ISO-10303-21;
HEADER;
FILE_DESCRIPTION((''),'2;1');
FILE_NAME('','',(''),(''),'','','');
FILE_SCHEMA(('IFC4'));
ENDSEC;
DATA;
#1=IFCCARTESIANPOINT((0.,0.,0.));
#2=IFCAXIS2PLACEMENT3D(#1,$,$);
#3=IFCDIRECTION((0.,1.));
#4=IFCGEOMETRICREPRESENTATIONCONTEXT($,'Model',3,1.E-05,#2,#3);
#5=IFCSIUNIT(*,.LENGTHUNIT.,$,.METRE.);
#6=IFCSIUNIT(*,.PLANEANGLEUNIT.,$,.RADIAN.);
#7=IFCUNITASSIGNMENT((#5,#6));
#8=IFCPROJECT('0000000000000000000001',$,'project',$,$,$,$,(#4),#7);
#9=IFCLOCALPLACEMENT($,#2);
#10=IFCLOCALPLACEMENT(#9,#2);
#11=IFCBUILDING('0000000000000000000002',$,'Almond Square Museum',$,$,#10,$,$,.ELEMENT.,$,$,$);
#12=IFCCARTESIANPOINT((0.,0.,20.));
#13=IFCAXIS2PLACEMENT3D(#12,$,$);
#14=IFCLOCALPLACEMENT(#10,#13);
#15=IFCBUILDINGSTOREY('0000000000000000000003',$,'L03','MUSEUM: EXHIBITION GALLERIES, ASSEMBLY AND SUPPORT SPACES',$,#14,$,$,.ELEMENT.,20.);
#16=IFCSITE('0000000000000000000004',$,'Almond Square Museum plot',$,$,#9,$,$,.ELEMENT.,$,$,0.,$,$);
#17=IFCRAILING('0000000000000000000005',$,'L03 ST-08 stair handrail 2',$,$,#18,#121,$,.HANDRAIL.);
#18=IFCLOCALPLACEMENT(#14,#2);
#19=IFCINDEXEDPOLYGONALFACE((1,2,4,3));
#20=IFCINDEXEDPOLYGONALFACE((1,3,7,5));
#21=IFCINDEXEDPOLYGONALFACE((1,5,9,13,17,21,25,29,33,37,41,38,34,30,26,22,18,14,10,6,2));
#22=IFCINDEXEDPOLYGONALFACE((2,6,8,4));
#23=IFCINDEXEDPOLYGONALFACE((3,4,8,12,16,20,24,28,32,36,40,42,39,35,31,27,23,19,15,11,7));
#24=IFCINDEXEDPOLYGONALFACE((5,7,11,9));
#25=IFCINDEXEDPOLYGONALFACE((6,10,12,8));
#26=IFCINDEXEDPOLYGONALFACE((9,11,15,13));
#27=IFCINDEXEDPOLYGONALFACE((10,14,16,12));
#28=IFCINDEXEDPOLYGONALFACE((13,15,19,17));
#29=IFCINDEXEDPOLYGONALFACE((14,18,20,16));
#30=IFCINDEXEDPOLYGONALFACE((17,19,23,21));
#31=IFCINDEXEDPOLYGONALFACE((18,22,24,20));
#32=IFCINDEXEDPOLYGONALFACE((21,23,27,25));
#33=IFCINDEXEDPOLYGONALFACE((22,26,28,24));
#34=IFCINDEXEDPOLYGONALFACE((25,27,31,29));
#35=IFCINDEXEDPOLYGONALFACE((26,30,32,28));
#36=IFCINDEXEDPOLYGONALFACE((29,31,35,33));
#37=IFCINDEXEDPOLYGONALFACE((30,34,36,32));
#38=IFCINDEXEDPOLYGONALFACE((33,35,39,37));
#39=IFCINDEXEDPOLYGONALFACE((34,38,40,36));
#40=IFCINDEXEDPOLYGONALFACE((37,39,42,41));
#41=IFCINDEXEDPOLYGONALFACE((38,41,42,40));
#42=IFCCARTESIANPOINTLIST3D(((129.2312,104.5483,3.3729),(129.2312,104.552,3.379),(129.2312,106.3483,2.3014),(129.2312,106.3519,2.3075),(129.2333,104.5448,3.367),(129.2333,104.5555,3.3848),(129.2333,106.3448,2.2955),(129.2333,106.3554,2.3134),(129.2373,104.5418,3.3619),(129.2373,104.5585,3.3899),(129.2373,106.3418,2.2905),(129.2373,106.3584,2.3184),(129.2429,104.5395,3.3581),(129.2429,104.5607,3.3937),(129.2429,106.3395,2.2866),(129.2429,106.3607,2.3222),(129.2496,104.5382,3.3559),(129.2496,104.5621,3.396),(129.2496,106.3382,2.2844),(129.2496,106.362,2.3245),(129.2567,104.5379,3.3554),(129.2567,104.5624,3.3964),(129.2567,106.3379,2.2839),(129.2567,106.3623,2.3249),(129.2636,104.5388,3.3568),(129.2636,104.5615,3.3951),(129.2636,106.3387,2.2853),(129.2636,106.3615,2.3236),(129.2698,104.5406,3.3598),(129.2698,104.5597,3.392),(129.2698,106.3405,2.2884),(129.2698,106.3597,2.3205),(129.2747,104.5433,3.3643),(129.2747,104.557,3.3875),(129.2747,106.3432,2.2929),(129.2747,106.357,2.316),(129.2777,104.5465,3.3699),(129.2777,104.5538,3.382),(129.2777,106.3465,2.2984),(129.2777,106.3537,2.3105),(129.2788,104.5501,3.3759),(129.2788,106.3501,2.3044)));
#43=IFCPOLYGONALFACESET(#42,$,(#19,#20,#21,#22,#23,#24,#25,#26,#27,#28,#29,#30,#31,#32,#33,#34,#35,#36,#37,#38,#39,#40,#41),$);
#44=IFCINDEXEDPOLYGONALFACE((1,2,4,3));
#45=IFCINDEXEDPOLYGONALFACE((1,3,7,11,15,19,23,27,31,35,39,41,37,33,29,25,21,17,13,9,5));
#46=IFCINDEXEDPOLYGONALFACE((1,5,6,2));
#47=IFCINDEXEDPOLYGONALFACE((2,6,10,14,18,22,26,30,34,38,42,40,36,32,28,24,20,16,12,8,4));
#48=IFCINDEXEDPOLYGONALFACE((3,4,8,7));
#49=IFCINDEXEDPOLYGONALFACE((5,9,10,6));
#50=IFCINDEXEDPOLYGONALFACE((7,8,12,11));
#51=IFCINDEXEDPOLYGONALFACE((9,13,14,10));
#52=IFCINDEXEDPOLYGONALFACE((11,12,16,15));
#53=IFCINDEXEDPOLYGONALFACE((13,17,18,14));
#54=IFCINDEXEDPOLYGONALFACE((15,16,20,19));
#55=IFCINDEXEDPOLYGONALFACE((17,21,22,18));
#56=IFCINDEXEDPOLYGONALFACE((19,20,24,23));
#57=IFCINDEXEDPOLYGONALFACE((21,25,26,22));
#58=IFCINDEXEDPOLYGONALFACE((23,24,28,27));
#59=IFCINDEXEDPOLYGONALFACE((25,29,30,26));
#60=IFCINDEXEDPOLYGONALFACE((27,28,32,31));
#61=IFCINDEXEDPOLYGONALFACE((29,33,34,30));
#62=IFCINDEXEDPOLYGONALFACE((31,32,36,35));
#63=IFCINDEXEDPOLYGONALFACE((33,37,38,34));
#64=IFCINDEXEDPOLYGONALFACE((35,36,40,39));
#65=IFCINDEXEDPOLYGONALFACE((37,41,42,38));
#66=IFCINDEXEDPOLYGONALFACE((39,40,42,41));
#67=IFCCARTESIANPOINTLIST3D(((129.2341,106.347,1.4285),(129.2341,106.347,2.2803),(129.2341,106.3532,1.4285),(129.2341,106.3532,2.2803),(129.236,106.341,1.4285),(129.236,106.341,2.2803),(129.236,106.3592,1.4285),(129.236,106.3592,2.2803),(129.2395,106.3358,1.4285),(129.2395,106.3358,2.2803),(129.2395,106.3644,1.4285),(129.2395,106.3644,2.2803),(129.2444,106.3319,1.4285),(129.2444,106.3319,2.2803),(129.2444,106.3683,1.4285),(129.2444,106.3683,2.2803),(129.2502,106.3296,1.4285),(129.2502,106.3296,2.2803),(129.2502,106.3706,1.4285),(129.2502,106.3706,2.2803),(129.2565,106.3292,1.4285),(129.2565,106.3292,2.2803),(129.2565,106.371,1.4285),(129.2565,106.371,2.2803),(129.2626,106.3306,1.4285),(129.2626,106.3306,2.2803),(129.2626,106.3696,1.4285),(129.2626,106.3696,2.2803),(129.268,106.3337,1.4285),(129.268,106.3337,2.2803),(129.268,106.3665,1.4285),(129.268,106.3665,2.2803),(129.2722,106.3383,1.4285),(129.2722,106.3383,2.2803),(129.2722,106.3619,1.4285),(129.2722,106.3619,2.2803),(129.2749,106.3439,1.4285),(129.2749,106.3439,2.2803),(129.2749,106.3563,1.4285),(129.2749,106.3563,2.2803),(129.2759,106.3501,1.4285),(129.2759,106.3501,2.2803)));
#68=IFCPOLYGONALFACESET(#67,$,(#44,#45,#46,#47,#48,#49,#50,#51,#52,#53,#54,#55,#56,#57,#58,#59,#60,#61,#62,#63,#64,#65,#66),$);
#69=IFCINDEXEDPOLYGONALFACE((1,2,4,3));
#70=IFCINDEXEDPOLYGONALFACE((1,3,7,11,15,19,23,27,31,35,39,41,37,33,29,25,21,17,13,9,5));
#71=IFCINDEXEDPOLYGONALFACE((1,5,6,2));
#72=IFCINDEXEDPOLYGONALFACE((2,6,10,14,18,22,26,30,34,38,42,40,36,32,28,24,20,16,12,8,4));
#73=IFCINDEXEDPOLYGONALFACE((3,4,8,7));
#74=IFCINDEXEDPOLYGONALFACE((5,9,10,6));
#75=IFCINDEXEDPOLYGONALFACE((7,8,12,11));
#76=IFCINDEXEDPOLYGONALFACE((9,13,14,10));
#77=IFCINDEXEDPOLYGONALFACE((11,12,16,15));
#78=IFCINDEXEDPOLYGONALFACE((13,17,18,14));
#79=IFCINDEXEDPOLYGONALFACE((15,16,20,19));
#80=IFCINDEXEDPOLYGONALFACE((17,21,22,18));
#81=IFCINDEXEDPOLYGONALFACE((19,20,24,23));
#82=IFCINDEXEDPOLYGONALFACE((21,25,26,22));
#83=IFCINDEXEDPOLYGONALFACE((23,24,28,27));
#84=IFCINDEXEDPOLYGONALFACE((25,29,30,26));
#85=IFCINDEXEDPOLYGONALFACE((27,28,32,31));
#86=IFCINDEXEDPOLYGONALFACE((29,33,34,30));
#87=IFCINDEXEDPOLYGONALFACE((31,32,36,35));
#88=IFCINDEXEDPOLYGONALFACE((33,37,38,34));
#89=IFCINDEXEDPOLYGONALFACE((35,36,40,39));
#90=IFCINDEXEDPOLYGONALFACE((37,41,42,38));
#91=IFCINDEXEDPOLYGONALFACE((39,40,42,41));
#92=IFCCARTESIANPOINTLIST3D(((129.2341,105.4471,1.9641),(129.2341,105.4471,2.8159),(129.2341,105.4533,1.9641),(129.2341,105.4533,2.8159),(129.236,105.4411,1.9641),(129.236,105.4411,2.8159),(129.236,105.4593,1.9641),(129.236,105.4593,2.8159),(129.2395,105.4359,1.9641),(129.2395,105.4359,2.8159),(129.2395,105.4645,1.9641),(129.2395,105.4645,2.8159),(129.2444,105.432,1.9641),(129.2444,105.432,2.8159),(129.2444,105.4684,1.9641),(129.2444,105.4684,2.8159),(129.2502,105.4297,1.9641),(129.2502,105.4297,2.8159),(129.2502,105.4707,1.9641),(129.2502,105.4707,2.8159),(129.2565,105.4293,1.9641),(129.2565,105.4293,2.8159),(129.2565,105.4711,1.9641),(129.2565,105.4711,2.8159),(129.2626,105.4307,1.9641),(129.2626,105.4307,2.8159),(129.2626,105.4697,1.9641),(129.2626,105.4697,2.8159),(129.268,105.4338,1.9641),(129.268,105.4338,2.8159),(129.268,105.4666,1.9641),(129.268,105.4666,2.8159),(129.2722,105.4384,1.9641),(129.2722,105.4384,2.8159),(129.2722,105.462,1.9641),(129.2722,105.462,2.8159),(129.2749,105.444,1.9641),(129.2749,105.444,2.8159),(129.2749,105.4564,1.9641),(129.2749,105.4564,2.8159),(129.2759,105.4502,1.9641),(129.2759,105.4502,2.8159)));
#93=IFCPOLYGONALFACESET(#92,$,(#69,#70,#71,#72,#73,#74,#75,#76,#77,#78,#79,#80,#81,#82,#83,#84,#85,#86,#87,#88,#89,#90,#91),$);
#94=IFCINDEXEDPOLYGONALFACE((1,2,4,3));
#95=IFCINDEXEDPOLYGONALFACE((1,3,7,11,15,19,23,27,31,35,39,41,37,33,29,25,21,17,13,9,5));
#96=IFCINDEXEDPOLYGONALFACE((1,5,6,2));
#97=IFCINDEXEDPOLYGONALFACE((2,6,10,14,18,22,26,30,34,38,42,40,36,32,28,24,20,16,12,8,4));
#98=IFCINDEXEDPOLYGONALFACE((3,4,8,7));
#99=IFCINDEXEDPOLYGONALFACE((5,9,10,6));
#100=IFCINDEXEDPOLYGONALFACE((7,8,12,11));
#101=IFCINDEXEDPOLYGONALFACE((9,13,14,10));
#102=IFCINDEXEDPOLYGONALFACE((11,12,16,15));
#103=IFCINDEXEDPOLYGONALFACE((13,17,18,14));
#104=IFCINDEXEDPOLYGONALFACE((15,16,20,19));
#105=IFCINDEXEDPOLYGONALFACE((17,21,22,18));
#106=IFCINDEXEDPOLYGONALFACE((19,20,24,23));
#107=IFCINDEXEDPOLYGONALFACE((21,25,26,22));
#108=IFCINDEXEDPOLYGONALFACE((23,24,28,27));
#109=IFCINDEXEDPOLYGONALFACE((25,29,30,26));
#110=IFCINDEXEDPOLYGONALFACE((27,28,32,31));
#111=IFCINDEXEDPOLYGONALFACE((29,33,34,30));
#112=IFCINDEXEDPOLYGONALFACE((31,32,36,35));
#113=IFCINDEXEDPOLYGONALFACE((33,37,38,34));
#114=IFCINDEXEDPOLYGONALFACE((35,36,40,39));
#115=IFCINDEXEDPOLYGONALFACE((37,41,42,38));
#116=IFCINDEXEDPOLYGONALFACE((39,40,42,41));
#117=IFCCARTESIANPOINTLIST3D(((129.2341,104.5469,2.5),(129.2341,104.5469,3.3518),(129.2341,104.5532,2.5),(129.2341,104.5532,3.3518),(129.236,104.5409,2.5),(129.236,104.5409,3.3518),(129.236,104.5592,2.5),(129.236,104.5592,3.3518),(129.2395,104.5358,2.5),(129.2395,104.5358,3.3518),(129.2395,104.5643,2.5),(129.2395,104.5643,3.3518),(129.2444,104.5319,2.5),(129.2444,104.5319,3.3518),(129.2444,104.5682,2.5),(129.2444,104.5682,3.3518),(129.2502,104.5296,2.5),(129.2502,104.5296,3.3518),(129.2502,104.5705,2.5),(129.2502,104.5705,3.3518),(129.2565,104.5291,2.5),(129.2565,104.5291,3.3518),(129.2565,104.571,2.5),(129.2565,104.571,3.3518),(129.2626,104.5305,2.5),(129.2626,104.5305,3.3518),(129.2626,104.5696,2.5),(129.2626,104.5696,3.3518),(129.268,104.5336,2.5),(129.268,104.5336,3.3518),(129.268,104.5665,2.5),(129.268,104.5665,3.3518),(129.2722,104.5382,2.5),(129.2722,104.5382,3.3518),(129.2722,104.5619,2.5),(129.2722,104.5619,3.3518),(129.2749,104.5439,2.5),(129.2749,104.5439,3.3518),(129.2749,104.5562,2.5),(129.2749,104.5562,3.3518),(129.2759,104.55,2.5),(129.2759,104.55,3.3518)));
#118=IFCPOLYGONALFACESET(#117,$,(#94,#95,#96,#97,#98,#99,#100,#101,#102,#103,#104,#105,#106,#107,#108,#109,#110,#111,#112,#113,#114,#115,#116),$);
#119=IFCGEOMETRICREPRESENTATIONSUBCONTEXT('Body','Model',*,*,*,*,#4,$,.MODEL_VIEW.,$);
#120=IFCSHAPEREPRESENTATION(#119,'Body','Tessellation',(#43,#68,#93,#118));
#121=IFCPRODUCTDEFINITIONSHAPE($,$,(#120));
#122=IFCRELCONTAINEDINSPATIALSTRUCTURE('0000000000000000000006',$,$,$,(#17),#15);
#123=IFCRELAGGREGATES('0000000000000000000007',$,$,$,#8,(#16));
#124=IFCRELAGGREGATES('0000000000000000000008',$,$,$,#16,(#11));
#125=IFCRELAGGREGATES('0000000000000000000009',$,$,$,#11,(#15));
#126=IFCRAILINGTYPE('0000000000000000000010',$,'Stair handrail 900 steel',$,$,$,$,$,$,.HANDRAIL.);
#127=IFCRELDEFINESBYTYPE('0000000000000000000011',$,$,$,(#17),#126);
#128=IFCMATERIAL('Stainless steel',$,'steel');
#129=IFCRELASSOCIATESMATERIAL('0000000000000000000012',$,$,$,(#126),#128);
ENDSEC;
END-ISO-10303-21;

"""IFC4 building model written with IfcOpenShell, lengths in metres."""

from ifc_helpers import new_model, si_unit, direction, frame, origin, origin_2d, place, context, subcontext, project, spatial, circle, extrude, material, type_object, element, save


model = new_model("IFC4")

# Units and contexts
model_context = context("Model", 3, precision=1e-05, world=origin(), true_north=direction((0.0, 1.0)))
body_context = subcontext(model_context, "Body", "Model", "MODEL_VIEW")
ifc_project = project(units=[si_unit("LENGTHUNIT", "METRE"), si_unit("PLANEANGLEUNIT", "RADIAN")], contexts=[model_context])

# Site, building, storey
site_placement = place(None, origin())
site = spatial("IfcSite", under=ifc_project, at=site_placement, Name="Almond Square Museum plot", CompositionType="ELEMENT", RefElevation=0.0)
building_placement = place(site_placement, origin())
building = spatial("IfcBuilding", under=site, at=building_placement, Name="Almond Square Museum", CompositionType="ELEMENT")
storey_placement = place(building_placement, frame((0.0, 0.0, 20.0)))
storey = spatial("IfcBuildingStorey", under=building, at=storey_placement, Name="L03", Description="MUSEUM: EXHIBITION GALLERIES, ASSEMBLY AND SUPPORT SPACES", CompositionType="ELEMENT", Elevation=20.0)

# Railing
ifc_material_1 = material(Name="Stainless steel", Category="steel")
railing_type_1 = type_object("IfcRailingType", Name="Stair handrail 900 steel", PredefinedType="HANDRAIL", material=ifc_material_1)
railing_1_placement = place(storey_placement, frame((129.2549, 106.3501, 1.4285)))
element("IfcRailing", 1, at=railing_1_placement, inside=storey, type_object=railing_type_1, Name="L03 ST-08 stair handrail 2", PredefinedType="HANDRAIL", context=body_context, shape_type="SweptSolid", body=[
    extrude(circle(Radius=0.0239, at=origin_2d()), frame((0.0, 0.0, 0.876), z_axis=(0.0, -0.859277, 0.51151), x_axis=(1.0, 0.0, 0.0)), (0.0, 0.0, 1.0), 2.0947),
    extrude(circle(Radius=0.021, at=origin_2d()), origin(), (0.0, 0.0, 1.0), 0.8518),
    extrude(circle(Radius=0.021, at=origin_2d()), frame((0.0, -0.8999, 0.5356)), (0.0, 0.0, 1.0), 0.8518),
    extrude(circle(Radius=0.021, at=origin_2d()), frame((0.0, -1.8, 1.0715)), (0.0, 0.0, 1.0), 0.8518),
])

save(model, "model.ifc")
